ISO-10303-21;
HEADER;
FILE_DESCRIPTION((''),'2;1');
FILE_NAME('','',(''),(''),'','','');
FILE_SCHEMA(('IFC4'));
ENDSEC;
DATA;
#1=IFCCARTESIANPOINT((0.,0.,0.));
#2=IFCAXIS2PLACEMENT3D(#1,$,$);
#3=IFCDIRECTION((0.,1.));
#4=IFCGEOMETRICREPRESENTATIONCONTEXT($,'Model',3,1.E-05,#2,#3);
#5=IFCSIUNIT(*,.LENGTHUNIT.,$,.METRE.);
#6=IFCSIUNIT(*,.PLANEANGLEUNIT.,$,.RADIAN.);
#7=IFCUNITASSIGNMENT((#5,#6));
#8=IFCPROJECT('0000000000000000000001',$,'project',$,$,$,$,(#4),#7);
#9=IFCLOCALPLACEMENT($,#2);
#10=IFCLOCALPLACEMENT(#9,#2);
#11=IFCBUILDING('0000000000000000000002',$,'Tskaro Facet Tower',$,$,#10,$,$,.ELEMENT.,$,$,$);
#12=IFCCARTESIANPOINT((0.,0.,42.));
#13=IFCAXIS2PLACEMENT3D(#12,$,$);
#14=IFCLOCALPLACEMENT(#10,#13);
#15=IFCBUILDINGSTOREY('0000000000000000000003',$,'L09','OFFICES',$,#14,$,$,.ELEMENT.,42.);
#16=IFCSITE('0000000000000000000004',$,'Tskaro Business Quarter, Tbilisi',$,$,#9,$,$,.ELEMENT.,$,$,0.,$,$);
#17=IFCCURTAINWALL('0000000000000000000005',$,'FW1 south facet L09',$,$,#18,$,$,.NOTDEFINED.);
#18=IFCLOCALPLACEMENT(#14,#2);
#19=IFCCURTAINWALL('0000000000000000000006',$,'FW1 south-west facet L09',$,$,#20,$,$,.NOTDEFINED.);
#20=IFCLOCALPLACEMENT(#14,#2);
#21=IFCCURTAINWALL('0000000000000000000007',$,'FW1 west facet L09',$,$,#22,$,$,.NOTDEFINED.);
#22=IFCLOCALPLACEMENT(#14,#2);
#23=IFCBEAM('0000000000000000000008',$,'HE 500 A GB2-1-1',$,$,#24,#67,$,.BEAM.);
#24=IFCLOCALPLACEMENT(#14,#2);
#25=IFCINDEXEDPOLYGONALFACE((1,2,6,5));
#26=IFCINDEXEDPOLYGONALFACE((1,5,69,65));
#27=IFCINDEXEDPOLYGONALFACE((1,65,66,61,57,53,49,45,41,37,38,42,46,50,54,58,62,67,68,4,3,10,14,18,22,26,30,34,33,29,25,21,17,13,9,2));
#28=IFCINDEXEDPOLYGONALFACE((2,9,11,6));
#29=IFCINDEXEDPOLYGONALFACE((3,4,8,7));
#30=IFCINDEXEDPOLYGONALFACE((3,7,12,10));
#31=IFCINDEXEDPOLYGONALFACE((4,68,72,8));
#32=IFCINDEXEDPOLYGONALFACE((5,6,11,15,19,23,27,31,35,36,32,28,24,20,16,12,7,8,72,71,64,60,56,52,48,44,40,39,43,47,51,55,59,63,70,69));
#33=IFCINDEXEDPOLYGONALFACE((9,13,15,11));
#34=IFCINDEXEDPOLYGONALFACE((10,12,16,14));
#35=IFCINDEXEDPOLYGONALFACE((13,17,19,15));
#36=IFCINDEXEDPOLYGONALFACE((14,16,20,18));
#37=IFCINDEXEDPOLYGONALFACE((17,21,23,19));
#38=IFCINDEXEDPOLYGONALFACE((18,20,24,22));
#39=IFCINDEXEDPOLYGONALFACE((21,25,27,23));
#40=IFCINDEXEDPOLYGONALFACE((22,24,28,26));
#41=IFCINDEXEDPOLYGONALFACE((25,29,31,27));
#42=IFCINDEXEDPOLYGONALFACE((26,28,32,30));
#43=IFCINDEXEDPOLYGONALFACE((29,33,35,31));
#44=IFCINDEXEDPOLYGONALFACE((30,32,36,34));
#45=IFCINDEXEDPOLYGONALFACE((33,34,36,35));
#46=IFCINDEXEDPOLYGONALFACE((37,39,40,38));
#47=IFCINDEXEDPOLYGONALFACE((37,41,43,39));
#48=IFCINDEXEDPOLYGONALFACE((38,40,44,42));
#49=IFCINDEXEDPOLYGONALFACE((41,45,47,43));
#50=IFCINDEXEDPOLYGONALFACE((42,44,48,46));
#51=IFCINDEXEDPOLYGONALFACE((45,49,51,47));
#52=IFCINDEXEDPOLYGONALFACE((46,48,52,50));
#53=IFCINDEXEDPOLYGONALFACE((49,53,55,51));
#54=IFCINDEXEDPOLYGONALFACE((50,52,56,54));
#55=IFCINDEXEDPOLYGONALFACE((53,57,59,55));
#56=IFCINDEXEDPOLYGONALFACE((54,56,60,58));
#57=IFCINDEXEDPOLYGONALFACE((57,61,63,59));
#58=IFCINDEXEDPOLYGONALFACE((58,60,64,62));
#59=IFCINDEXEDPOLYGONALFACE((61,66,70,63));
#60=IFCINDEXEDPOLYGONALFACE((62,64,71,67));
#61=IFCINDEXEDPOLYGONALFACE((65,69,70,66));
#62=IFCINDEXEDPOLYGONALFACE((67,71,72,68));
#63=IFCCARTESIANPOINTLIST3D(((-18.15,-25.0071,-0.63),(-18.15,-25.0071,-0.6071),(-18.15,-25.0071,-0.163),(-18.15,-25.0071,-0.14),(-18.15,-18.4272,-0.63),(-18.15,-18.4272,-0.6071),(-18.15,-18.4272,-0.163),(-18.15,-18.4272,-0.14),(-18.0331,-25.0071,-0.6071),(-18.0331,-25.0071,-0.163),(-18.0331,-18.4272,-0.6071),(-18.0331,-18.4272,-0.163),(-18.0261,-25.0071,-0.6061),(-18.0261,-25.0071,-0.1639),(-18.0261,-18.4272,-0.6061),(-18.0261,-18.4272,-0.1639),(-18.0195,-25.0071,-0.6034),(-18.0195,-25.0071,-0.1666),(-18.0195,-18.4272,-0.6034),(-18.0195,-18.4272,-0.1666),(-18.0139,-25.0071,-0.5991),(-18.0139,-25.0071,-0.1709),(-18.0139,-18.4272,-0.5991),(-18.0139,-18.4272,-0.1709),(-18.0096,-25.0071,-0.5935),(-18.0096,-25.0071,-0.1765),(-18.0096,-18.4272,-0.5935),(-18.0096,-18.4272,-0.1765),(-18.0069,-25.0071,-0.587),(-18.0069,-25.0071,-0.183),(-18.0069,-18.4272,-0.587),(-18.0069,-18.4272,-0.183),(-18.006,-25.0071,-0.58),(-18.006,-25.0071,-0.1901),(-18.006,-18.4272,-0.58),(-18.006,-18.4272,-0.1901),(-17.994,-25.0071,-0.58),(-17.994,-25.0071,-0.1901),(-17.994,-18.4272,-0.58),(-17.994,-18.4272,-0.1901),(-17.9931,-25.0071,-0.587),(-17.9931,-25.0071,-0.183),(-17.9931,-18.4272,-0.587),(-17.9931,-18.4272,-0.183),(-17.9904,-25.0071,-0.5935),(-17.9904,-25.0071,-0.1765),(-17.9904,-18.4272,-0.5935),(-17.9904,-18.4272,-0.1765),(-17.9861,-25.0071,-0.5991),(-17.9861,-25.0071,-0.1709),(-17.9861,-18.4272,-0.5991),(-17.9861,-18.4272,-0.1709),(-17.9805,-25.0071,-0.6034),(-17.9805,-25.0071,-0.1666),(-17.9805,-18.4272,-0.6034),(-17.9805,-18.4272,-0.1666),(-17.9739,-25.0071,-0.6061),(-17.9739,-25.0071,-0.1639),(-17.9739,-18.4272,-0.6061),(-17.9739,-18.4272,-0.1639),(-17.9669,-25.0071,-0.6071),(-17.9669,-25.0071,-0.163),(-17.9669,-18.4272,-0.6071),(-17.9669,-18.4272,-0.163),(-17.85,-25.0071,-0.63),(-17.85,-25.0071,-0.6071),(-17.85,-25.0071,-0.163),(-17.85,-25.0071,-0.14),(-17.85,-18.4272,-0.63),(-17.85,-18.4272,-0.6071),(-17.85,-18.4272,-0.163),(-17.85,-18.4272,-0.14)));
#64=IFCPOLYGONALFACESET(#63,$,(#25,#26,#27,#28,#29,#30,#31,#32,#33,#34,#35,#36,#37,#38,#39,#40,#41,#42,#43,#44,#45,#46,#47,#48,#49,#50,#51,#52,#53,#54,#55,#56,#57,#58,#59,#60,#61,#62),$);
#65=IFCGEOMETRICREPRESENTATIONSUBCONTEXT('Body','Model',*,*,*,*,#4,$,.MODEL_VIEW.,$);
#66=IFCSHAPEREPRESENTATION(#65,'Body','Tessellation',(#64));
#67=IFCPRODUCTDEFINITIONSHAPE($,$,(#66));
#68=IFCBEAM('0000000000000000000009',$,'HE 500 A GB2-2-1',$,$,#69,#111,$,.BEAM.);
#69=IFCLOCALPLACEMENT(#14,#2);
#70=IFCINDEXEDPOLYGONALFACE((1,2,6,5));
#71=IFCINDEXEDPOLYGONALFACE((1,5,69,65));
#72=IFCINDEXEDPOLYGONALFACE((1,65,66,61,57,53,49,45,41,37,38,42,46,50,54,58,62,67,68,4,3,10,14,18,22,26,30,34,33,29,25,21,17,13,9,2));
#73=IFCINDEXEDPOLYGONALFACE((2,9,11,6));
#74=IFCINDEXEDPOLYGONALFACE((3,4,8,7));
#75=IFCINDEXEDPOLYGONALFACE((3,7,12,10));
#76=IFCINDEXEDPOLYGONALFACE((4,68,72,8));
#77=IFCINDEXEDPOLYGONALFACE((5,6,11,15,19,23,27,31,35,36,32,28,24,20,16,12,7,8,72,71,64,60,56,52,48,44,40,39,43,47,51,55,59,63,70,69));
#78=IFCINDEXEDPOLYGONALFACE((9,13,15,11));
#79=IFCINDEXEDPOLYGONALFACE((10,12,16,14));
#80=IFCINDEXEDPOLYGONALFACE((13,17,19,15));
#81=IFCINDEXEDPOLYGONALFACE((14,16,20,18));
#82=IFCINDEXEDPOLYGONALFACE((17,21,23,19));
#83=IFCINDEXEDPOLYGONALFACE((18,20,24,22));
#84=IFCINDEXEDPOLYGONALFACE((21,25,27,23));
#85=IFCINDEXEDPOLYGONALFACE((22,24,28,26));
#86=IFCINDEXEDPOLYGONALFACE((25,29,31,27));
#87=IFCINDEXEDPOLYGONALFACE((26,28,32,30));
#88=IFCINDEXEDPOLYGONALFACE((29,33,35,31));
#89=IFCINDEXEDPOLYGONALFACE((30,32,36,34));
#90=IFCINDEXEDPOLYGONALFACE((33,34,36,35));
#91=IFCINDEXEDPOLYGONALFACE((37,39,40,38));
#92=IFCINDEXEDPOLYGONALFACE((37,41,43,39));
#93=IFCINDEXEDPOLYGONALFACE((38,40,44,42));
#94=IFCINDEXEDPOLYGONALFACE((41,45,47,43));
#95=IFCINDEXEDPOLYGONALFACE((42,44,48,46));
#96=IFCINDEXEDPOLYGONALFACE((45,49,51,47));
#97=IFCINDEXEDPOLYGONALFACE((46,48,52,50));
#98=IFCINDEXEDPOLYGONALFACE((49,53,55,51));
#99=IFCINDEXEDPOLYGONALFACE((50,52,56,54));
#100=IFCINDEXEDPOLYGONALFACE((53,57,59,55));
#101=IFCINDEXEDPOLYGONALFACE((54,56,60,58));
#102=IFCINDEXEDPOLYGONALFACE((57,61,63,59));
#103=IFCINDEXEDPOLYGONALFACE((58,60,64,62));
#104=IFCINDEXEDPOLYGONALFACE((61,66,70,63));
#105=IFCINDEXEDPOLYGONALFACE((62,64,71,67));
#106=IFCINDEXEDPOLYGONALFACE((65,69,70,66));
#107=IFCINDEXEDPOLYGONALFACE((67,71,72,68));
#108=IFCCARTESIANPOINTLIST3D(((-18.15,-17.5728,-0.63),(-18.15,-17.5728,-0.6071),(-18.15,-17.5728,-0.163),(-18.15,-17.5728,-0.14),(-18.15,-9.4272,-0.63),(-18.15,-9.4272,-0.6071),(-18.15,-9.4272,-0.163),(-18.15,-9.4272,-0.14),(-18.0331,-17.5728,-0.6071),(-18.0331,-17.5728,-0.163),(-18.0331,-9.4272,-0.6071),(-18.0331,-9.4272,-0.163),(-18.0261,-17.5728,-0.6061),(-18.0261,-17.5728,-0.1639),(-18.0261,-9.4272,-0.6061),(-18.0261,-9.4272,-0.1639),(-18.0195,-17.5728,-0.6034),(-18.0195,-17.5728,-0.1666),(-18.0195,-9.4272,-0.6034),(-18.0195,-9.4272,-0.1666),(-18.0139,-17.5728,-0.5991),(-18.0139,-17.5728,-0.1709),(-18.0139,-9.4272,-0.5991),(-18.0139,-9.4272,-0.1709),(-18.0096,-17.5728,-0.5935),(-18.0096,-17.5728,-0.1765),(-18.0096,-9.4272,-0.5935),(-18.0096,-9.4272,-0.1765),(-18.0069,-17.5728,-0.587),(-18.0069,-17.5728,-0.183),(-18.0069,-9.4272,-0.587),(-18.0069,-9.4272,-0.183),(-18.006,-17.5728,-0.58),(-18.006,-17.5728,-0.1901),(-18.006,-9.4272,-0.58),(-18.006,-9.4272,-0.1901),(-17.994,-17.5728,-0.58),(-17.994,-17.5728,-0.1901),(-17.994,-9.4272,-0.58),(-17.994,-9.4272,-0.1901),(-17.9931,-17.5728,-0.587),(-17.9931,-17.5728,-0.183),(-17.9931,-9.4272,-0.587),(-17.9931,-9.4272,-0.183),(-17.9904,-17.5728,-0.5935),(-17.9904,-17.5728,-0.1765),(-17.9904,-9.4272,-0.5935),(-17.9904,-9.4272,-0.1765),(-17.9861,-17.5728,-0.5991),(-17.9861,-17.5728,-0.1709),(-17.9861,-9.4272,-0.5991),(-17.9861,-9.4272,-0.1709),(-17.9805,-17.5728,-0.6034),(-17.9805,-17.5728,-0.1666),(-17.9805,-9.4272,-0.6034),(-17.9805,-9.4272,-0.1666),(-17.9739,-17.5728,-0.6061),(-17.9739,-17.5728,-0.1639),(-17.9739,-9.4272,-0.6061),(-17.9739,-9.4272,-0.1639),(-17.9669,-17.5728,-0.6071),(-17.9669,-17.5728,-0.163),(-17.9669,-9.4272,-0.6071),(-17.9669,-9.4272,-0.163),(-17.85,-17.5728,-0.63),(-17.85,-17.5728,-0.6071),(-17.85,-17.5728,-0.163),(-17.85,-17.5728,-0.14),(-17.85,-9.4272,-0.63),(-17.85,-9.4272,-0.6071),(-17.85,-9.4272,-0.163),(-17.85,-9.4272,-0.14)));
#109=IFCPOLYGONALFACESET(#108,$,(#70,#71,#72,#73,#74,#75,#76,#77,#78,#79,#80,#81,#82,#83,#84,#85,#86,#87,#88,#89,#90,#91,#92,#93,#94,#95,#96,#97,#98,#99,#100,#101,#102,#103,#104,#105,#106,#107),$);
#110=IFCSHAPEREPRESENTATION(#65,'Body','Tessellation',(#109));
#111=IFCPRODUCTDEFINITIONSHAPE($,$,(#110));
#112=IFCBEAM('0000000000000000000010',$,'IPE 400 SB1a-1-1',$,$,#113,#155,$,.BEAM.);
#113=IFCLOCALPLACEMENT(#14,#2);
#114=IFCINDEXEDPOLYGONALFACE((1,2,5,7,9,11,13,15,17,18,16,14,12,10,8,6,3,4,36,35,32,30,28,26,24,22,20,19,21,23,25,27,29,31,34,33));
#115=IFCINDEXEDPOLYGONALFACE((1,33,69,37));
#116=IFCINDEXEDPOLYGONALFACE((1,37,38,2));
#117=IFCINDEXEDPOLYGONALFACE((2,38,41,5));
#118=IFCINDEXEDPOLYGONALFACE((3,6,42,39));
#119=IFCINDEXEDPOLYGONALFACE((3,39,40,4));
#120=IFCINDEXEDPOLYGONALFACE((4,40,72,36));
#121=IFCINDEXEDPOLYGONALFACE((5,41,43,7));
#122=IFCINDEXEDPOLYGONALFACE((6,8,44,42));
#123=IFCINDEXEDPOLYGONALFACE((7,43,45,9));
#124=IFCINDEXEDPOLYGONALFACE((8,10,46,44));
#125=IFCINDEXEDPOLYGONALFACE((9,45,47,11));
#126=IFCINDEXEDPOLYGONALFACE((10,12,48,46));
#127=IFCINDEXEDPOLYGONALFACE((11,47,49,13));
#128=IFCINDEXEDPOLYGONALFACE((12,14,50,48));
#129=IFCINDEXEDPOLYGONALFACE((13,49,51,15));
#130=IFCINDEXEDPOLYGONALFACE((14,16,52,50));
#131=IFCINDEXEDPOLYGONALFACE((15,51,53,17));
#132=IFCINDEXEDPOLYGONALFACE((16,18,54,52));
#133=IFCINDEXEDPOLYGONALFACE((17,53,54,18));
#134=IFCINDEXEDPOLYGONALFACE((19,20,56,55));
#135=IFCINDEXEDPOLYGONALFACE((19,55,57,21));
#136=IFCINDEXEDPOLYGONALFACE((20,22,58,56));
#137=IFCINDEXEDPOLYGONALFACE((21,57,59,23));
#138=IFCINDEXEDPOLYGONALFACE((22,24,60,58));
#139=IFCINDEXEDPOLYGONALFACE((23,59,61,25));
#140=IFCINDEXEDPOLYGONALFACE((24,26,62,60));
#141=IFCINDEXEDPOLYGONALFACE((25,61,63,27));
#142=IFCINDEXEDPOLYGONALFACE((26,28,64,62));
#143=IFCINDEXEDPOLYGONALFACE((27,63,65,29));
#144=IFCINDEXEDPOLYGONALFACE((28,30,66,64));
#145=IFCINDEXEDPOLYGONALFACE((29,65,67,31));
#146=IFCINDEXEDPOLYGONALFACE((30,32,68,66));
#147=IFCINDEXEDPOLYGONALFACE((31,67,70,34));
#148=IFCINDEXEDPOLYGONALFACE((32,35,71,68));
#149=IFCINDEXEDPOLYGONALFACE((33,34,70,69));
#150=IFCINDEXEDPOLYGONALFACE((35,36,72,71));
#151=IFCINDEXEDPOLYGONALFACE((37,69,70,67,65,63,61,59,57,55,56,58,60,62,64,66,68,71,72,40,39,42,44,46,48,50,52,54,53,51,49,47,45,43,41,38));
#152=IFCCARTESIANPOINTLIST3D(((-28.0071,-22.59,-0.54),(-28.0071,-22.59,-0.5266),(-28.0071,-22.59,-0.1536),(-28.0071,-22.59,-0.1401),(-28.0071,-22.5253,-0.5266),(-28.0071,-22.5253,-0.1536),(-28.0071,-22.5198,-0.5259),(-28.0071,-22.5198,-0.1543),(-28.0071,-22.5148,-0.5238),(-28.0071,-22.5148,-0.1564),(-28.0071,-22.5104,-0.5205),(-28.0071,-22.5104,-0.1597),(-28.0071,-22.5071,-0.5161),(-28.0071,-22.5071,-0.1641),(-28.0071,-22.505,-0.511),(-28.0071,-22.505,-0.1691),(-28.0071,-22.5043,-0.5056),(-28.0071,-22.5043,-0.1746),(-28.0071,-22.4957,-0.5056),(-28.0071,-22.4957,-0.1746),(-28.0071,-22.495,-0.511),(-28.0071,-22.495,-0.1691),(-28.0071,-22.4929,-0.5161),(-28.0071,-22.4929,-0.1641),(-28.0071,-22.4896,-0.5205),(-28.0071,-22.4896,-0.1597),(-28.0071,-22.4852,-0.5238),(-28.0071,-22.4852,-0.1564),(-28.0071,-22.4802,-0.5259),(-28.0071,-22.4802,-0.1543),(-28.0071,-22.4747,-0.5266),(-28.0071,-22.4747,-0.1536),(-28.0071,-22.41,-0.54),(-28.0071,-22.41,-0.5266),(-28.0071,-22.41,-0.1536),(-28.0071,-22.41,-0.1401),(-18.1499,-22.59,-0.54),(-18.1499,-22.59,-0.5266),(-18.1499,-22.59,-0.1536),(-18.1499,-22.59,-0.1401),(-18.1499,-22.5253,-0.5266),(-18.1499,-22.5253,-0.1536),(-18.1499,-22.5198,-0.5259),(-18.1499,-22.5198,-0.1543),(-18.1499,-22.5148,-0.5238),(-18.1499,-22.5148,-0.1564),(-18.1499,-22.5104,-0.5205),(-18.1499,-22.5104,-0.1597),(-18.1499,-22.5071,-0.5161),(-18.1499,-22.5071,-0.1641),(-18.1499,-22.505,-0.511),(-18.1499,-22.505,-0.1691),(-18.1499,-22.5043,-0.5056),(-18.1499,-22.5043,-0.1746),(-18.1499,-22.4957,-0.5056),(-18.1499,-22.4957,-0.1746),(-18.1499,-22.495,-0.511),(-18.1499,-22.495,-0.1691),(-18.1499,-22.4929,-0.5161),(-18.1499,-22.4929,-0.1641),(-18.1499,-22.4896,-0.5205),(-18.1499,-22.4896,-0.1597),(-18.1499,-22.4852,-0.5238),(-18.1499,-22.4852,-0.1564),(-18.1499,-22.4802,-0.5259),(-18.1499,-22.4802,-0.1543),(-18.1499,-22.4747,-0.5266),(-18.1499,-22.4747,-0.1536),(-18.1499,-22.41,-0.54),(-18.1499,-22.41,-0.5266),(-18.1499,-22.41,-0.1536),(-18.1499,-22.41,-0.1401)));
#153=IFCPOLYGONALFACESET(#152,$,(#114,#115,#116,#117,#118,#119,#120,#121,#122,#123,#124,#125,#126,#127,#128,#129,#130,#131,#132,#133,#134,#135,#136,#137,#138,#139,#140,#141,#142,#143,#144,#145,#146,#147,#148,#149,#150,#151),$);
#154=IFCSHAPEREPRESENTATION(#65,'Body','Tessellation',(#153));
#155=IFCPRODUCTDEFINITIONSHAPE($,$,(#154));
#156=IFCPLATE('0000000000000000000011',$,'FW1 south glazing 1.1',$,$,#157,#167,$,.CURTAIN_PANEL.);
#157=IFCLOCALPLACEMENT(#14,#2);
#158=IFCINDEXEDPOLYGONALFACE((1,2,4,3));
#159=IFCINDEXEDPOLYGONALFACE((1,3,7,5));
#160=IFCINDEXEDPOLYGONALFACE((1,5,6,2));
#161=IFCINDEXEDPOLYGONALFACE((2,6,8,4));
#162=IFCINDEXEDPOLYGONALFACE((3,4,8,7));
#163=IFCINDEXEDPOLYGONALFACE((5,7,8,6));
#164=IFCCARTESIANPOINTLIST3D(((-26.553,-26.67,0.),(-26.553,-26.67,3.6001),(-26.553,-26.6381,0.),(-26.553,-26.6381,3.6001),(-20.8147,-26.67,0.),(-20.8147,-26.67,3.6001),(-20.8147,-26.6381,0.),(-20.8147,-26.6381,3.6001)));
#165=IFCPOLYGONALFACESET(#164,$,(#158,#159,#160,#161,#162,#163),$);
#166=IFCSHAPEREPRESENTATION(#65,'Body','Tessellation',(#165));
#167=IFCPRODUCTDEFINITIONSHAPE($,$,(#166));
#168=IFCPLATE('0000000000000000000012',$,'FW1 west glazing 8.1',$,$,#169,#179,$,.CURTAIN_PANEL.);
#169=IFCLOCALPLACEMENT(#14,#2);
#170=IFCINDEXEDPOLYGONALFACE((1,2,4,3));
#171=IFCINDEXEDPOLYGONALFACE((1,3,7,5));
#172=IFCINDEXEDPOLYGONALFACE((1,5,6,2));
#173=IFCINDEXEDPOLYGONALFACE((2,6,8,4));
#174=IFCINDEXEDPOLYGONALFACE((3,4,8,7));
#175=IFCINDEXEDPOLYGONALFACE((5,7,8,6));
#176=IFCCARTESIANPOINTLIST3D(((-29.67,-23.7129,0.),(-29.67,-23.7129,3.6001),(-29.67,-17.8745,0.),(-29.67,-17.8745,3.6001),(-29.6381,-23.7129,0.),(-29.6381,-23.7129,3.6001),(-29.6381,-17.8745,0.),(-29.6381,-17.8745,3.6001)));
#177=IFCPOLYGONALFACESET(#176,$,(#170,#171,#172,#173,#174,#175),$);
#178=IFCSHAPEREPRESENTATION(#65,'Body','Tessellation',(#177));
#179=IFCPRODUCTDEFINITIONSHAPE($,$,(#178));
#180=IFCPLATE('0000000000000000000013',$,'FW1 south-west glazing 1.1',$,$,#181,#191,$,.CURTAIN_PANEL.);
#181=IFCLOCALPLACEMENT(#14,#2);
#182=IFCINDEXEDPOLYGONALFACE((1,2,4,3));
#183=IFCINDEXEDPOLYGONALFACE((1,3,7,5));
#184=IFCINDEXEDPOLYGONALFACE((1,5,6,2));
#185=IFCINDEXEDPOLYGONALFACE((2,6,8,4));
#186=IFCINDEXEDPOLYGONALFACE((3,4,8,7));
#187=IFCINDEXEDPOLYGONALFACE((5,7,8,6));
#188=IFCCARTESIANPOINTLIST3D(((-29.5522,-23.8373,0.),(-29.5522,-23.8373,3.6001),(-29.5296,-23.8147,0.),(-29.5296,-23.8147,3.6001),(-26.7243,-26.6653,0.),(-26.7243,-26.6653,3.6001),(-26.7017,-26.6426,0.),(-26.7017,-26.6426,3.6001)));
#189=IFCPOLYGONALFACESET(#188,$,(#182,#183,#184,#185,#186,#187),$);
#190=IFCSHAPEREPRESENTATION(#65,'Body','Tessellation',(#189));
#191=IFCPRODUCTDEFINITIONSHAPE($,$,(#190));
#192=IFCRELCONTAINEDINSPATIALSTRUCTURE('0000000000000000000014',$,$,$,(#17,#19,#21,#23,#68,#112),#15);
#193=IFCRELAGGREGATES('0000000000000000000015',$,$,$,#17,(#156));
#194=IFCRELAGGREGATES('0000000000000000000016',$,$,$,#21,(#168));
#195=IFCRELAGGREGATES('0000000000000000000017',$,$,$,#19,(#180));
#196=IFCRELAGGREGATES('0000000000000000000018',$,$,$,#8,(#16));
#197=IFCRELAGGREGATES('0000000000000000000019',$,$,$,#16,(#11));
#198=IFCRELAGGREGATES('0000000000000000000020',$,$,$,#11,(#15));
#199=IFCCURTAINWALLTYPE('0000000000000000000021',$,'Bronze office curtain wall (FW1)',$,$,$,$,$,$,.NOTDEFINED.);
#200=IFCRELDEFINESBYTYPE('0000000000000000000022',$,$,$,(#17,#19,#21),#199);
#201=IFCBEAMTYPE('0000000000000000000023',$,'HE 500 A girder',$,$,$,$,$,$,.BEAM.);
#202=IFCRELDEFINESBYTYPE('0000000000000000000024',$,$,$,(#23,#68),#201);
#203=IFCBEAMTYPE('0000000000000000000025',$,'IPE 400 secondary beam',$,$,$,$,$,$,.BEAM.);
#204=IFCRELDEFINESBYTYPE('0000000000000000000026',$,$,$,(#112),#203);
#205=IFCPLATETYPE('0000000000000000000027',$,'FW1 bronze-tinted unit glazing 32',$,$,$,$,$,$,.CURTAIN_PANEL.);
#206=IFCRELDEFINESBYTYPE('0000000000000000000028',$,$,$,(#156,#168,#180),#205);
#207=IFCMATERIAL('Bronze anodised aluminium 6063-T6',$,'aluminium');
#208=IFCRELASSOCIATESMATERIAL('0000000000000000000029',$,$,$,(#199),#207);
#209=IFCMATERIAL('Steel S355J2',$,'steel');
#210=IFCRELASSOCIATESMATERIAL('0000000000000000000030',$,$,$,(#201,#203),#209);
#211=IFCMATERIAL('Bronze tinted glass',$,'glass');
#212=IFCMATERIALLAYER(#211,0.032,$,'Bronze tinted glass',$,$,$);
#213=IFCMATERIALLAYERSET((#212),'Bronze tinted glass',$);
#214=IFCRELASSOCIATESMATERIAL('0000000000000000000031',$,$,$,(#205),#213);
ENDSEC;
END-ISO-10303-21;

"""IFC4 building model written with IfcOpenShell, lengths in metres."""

from ifc_helpers import new_model, si_unit, direction, frame, origin, origin_2d, place, context, subcontext, project, spatial, rectangle, i_section, extrude, material, layer, layer_set, material_profile, profile_set, type_object, element, aggregate, save


model = new_model("IFC4")

# Units and contexts
model_context = context("Model", 3, precision=1e-05, world=origin(), true_north=direction((0.0, 1.0)))
body_context = subcontext(model_context, "Body", "Model", "MODEL_VIEW")
ifc_project = project(units=[si_unit("LENGTHUNIT", "METRE"), si_unit("PLANEANGLEUNIT", "RADIAN")], contexts=[model_context])

# Site, building, storey
site_placement = place(None, origin())
site = spatial("IfcSite", under=ifc_project, at=site_placement, Name="Tskaro Business Quarter, Tbilisi", CompositionType="ELEMENT", RefElevation=0.0)
building_placement = place(site_placement, origin())
building = spatial("IfcBuilding", under=site, at=building_placement, Name="Tskaro Facet Tower", CompositionType="ELEMENT")
storey_placement = place(building_placement, frame((0.0, 0.0, 42.0)))
storey = spatial("IfcBuildingStorey", under=building, at=storey_placement, Name="L09", Description="OFFICES", CompositionType="ELEMENT", Elevation=42.0)

# Curtain walls
ifc_material_1 = material(Name="Bronze anodised aluminium 6063-T6", Category="aluminium")
curtain_wall_type = type_object("IfcCurtainWallType", Name="Bronze office curtain wall (FW1)", PredefinedType="NOTDEFINED", material=ifc_material_1)
curtain_wall_1_placement = place(storey_placement, origin())
curtain_wall_1 = element("IfcCurtainWall", 1, at=curtain_wall_1_placement, inside=storey, type_object=curtain_wall_type, Name="FW1 south facet L09", PredefinedType="NOTDEFINED")
curtain_wall_2_placement = place(storey_placement, origin())
curtain_wall_2 = element("IfcCurtainWall", 2, at=curtain_wall_2_placement, inside=storey, type_object=curtain_wall_type, Name="FW1 south-west facet L09", PredefinedType="NOTDEFINED")

# Curtain wall
curtain_wall_3_placement = place(storey_placement, origin())
curtain_wall_3 = element("IfcCurtainWall", 3, at=curtain_wall_3_placement, inside=storey, type_object=curtain_wall_type, Name="FW1 west facet L09", PredefinedType="NOTDEFINED")

# Beams
ifc_material_2 = material(Name="Steel S355J2", Category="steel")
ifc_material_profile_1 = material_profile(ifc_material_2, i_section(OverallWidth=0.3, OverallDepth=0.49, WebThickness=0.012, FlangeThickness=0.0229, FilletRadius=0.0271, at=origin_2d()), Name="HE 500 A")
ifc_profile_set_1 = profile_set([ifc_material_profile_1], Name="Steel S355J2")
beam_type_1 = type_object("IfcBeamType", Name="HE 500 A girder", PredefinedType="BEAM", material=ifc_profile_set_1)
beam_1_placement = place(storey_placement, frame((-18.0, -25.0071, -0.385), z_axis=(0.0, 1.0, 0.0), x_axis=(-1.0, 0.0, 0.0)))
element("IfcBeam", 4, at=beam_1_placement, inside=storey, type_object=beam_type_1, Name="HE 500 A GB2-1-1", PredefinedType="BEAM", context=body_context, shape_type="SweptSolid", body=[
    extrude(i_section(OverallWidth=0.3, OverallDepth=0.49, WebThickness=0.012, FlangeThickness=0.0229, FilletRadius=0.0271, at=origin_2d()), origin(), (0.0, 0.0, 1.0), 6.5798),
])
beam_2_placement = place(storey_placement, frame((-18.0, -17.5728, -0.385), z_axis=(0.0, 1.0, 0.0), x_axis=(-1.0, 0.0, 0.0)))
element("IfcBeam", 5, at=beam_2_placement, inside=storey, type_object=beam_type_1, Name="HE 500 A GB2-2-1", PredefinedType="BEAM", context=body_context, shape_type="SweptSolid", body=[
    extrude(i_section(OverallWidth=0.3, OverallDepth=0.49, WebThickness=0.012, FlangeThickness=0.0229, FilletRadius=0.0271, at=origin_2d()), origin(), (0.0, 0.0, 1.0), 8.1455),
])
ifc_material_profile_2 = material_profile(ifc_material_2, i_section(OverallWidth=0.1799, OverallDepth=0.3999, WebThickness=0.0085, FlangeThickness=0.0134, FilletRadius=0.021, at=origin_2d()), Name="IPE 400")
ifc_profile_set_2 = profile_set([ifc_material_profile_2], Name="Steel S355J2")
beam_type_2 = type_object("IfcBeamType", Name="IPE 400 secondary beam", PredefinedType="BEAM", material=ifc_profile_set_2)
beam_3_placement = place(storey_placement, frame((-28.0071, -22.5, -0.3401), z_axis=(1.0, 0.0, 0.0), x_axis=(0.0, 1.0, 0.0)))
element("IfcBeam", 6, at=beam_3_placement, inside=storey, type_object=beam_type_2, Name="IPE 400 SB1a-1-1", PredefinedType="BEAM", context=body_context, shape_type="SweptSolid", body=[
    extrude(i_section(OverallWidth=0.1799, OverallDepth=0.3999, WebThickness=0.0085, FlangeThickness=0.0134, FilletRadius=0.021, at=origin_2d()), origin(), (0.0, 0.0, 1.0), 9.8572),
])

# Plates
ifc_material_3 = material(Name="Bronze tinted glass", Category="glass")
ifc_layer_1 = layer(ifc_material_3, 0.032, Name="Bronze tinted glass")
ifc_layer_set_1 = layer_set([ifc_layer_1], Name="Bronze tinted glass")
plate_type = type_object("IfcPlateType", Name="FW1 bronze-tinted unit glazing 32", PredefinedType="CURTAIN_PANEL", material=ifc_layer_set_1)
plate_1_placement = place(storey_placement, frame((-23.6838, -26.6541, 0.0), z_axis=(0.0, 0.0, 1.0), x_axis=(1.0, 0.0, 0.0)))
plate_1 = element("IfcPlate", 7, at=plate_1_placement, type_object=plate_type, Name="FW1 south glazing 1.1", PredefinedType="CURTAIN_PANEL", context=body_context, shape_type="SweptSolid", body=[
    extrude(rectangle(XDim=5.7383, YDim=0.032, at=origin_2d()), origin(), (0.0, 0.0, 1.0), 3.6001),
])
aggregate(curtain_wall_1, [plate_1])
plate_2_placement = place(storey_placement, frame((-29.6541, -20.7937, 0.0), z_axis=(0.0, 0.0, 1.0), x_axis=(0.0, -1.0, 0.0)))
plate_2 = element("IfcPlate", 8, at=plate_2_placement, type_object=plate_type, Name="FW1 west glazing 8.1", PredefinedType="CURTAIN_PANEL", context=body_context, shape_type="SweptSolid", body=[
    extrude(rectangle(XDim=5.8384, YDim=0.032, at=origin_2d()), origin(), (0.0, 0.0, 1.0), 3.6001),
])
aggregate(curtain_wall_3, [plate_2])
plate_3_placement = place(storey_placement, frame((-28.127, -25.24, 0.0), z_axis=(0.0, 0.0, 1.0), x_axis=(0.707107, -0.707107, 0.0)))
plate_3 = element("IfcPlate", 9, at=plate_3_placement, type_object=plate_type, Name="FW1 south-west glazing 1.1", PredefinedType="CURTAIN_PANEL", context=body_context, shape_type="SweptSolid", body=[
    extrude(rectangle(XDim=3.9993, YDim=0.032, at=origin_2d()), origin(), (0.0, 0.0, 1.0), 3.6001),
])
aggregate(curtain_wall_2, [plate_3])

save(model, "model.ifc")
